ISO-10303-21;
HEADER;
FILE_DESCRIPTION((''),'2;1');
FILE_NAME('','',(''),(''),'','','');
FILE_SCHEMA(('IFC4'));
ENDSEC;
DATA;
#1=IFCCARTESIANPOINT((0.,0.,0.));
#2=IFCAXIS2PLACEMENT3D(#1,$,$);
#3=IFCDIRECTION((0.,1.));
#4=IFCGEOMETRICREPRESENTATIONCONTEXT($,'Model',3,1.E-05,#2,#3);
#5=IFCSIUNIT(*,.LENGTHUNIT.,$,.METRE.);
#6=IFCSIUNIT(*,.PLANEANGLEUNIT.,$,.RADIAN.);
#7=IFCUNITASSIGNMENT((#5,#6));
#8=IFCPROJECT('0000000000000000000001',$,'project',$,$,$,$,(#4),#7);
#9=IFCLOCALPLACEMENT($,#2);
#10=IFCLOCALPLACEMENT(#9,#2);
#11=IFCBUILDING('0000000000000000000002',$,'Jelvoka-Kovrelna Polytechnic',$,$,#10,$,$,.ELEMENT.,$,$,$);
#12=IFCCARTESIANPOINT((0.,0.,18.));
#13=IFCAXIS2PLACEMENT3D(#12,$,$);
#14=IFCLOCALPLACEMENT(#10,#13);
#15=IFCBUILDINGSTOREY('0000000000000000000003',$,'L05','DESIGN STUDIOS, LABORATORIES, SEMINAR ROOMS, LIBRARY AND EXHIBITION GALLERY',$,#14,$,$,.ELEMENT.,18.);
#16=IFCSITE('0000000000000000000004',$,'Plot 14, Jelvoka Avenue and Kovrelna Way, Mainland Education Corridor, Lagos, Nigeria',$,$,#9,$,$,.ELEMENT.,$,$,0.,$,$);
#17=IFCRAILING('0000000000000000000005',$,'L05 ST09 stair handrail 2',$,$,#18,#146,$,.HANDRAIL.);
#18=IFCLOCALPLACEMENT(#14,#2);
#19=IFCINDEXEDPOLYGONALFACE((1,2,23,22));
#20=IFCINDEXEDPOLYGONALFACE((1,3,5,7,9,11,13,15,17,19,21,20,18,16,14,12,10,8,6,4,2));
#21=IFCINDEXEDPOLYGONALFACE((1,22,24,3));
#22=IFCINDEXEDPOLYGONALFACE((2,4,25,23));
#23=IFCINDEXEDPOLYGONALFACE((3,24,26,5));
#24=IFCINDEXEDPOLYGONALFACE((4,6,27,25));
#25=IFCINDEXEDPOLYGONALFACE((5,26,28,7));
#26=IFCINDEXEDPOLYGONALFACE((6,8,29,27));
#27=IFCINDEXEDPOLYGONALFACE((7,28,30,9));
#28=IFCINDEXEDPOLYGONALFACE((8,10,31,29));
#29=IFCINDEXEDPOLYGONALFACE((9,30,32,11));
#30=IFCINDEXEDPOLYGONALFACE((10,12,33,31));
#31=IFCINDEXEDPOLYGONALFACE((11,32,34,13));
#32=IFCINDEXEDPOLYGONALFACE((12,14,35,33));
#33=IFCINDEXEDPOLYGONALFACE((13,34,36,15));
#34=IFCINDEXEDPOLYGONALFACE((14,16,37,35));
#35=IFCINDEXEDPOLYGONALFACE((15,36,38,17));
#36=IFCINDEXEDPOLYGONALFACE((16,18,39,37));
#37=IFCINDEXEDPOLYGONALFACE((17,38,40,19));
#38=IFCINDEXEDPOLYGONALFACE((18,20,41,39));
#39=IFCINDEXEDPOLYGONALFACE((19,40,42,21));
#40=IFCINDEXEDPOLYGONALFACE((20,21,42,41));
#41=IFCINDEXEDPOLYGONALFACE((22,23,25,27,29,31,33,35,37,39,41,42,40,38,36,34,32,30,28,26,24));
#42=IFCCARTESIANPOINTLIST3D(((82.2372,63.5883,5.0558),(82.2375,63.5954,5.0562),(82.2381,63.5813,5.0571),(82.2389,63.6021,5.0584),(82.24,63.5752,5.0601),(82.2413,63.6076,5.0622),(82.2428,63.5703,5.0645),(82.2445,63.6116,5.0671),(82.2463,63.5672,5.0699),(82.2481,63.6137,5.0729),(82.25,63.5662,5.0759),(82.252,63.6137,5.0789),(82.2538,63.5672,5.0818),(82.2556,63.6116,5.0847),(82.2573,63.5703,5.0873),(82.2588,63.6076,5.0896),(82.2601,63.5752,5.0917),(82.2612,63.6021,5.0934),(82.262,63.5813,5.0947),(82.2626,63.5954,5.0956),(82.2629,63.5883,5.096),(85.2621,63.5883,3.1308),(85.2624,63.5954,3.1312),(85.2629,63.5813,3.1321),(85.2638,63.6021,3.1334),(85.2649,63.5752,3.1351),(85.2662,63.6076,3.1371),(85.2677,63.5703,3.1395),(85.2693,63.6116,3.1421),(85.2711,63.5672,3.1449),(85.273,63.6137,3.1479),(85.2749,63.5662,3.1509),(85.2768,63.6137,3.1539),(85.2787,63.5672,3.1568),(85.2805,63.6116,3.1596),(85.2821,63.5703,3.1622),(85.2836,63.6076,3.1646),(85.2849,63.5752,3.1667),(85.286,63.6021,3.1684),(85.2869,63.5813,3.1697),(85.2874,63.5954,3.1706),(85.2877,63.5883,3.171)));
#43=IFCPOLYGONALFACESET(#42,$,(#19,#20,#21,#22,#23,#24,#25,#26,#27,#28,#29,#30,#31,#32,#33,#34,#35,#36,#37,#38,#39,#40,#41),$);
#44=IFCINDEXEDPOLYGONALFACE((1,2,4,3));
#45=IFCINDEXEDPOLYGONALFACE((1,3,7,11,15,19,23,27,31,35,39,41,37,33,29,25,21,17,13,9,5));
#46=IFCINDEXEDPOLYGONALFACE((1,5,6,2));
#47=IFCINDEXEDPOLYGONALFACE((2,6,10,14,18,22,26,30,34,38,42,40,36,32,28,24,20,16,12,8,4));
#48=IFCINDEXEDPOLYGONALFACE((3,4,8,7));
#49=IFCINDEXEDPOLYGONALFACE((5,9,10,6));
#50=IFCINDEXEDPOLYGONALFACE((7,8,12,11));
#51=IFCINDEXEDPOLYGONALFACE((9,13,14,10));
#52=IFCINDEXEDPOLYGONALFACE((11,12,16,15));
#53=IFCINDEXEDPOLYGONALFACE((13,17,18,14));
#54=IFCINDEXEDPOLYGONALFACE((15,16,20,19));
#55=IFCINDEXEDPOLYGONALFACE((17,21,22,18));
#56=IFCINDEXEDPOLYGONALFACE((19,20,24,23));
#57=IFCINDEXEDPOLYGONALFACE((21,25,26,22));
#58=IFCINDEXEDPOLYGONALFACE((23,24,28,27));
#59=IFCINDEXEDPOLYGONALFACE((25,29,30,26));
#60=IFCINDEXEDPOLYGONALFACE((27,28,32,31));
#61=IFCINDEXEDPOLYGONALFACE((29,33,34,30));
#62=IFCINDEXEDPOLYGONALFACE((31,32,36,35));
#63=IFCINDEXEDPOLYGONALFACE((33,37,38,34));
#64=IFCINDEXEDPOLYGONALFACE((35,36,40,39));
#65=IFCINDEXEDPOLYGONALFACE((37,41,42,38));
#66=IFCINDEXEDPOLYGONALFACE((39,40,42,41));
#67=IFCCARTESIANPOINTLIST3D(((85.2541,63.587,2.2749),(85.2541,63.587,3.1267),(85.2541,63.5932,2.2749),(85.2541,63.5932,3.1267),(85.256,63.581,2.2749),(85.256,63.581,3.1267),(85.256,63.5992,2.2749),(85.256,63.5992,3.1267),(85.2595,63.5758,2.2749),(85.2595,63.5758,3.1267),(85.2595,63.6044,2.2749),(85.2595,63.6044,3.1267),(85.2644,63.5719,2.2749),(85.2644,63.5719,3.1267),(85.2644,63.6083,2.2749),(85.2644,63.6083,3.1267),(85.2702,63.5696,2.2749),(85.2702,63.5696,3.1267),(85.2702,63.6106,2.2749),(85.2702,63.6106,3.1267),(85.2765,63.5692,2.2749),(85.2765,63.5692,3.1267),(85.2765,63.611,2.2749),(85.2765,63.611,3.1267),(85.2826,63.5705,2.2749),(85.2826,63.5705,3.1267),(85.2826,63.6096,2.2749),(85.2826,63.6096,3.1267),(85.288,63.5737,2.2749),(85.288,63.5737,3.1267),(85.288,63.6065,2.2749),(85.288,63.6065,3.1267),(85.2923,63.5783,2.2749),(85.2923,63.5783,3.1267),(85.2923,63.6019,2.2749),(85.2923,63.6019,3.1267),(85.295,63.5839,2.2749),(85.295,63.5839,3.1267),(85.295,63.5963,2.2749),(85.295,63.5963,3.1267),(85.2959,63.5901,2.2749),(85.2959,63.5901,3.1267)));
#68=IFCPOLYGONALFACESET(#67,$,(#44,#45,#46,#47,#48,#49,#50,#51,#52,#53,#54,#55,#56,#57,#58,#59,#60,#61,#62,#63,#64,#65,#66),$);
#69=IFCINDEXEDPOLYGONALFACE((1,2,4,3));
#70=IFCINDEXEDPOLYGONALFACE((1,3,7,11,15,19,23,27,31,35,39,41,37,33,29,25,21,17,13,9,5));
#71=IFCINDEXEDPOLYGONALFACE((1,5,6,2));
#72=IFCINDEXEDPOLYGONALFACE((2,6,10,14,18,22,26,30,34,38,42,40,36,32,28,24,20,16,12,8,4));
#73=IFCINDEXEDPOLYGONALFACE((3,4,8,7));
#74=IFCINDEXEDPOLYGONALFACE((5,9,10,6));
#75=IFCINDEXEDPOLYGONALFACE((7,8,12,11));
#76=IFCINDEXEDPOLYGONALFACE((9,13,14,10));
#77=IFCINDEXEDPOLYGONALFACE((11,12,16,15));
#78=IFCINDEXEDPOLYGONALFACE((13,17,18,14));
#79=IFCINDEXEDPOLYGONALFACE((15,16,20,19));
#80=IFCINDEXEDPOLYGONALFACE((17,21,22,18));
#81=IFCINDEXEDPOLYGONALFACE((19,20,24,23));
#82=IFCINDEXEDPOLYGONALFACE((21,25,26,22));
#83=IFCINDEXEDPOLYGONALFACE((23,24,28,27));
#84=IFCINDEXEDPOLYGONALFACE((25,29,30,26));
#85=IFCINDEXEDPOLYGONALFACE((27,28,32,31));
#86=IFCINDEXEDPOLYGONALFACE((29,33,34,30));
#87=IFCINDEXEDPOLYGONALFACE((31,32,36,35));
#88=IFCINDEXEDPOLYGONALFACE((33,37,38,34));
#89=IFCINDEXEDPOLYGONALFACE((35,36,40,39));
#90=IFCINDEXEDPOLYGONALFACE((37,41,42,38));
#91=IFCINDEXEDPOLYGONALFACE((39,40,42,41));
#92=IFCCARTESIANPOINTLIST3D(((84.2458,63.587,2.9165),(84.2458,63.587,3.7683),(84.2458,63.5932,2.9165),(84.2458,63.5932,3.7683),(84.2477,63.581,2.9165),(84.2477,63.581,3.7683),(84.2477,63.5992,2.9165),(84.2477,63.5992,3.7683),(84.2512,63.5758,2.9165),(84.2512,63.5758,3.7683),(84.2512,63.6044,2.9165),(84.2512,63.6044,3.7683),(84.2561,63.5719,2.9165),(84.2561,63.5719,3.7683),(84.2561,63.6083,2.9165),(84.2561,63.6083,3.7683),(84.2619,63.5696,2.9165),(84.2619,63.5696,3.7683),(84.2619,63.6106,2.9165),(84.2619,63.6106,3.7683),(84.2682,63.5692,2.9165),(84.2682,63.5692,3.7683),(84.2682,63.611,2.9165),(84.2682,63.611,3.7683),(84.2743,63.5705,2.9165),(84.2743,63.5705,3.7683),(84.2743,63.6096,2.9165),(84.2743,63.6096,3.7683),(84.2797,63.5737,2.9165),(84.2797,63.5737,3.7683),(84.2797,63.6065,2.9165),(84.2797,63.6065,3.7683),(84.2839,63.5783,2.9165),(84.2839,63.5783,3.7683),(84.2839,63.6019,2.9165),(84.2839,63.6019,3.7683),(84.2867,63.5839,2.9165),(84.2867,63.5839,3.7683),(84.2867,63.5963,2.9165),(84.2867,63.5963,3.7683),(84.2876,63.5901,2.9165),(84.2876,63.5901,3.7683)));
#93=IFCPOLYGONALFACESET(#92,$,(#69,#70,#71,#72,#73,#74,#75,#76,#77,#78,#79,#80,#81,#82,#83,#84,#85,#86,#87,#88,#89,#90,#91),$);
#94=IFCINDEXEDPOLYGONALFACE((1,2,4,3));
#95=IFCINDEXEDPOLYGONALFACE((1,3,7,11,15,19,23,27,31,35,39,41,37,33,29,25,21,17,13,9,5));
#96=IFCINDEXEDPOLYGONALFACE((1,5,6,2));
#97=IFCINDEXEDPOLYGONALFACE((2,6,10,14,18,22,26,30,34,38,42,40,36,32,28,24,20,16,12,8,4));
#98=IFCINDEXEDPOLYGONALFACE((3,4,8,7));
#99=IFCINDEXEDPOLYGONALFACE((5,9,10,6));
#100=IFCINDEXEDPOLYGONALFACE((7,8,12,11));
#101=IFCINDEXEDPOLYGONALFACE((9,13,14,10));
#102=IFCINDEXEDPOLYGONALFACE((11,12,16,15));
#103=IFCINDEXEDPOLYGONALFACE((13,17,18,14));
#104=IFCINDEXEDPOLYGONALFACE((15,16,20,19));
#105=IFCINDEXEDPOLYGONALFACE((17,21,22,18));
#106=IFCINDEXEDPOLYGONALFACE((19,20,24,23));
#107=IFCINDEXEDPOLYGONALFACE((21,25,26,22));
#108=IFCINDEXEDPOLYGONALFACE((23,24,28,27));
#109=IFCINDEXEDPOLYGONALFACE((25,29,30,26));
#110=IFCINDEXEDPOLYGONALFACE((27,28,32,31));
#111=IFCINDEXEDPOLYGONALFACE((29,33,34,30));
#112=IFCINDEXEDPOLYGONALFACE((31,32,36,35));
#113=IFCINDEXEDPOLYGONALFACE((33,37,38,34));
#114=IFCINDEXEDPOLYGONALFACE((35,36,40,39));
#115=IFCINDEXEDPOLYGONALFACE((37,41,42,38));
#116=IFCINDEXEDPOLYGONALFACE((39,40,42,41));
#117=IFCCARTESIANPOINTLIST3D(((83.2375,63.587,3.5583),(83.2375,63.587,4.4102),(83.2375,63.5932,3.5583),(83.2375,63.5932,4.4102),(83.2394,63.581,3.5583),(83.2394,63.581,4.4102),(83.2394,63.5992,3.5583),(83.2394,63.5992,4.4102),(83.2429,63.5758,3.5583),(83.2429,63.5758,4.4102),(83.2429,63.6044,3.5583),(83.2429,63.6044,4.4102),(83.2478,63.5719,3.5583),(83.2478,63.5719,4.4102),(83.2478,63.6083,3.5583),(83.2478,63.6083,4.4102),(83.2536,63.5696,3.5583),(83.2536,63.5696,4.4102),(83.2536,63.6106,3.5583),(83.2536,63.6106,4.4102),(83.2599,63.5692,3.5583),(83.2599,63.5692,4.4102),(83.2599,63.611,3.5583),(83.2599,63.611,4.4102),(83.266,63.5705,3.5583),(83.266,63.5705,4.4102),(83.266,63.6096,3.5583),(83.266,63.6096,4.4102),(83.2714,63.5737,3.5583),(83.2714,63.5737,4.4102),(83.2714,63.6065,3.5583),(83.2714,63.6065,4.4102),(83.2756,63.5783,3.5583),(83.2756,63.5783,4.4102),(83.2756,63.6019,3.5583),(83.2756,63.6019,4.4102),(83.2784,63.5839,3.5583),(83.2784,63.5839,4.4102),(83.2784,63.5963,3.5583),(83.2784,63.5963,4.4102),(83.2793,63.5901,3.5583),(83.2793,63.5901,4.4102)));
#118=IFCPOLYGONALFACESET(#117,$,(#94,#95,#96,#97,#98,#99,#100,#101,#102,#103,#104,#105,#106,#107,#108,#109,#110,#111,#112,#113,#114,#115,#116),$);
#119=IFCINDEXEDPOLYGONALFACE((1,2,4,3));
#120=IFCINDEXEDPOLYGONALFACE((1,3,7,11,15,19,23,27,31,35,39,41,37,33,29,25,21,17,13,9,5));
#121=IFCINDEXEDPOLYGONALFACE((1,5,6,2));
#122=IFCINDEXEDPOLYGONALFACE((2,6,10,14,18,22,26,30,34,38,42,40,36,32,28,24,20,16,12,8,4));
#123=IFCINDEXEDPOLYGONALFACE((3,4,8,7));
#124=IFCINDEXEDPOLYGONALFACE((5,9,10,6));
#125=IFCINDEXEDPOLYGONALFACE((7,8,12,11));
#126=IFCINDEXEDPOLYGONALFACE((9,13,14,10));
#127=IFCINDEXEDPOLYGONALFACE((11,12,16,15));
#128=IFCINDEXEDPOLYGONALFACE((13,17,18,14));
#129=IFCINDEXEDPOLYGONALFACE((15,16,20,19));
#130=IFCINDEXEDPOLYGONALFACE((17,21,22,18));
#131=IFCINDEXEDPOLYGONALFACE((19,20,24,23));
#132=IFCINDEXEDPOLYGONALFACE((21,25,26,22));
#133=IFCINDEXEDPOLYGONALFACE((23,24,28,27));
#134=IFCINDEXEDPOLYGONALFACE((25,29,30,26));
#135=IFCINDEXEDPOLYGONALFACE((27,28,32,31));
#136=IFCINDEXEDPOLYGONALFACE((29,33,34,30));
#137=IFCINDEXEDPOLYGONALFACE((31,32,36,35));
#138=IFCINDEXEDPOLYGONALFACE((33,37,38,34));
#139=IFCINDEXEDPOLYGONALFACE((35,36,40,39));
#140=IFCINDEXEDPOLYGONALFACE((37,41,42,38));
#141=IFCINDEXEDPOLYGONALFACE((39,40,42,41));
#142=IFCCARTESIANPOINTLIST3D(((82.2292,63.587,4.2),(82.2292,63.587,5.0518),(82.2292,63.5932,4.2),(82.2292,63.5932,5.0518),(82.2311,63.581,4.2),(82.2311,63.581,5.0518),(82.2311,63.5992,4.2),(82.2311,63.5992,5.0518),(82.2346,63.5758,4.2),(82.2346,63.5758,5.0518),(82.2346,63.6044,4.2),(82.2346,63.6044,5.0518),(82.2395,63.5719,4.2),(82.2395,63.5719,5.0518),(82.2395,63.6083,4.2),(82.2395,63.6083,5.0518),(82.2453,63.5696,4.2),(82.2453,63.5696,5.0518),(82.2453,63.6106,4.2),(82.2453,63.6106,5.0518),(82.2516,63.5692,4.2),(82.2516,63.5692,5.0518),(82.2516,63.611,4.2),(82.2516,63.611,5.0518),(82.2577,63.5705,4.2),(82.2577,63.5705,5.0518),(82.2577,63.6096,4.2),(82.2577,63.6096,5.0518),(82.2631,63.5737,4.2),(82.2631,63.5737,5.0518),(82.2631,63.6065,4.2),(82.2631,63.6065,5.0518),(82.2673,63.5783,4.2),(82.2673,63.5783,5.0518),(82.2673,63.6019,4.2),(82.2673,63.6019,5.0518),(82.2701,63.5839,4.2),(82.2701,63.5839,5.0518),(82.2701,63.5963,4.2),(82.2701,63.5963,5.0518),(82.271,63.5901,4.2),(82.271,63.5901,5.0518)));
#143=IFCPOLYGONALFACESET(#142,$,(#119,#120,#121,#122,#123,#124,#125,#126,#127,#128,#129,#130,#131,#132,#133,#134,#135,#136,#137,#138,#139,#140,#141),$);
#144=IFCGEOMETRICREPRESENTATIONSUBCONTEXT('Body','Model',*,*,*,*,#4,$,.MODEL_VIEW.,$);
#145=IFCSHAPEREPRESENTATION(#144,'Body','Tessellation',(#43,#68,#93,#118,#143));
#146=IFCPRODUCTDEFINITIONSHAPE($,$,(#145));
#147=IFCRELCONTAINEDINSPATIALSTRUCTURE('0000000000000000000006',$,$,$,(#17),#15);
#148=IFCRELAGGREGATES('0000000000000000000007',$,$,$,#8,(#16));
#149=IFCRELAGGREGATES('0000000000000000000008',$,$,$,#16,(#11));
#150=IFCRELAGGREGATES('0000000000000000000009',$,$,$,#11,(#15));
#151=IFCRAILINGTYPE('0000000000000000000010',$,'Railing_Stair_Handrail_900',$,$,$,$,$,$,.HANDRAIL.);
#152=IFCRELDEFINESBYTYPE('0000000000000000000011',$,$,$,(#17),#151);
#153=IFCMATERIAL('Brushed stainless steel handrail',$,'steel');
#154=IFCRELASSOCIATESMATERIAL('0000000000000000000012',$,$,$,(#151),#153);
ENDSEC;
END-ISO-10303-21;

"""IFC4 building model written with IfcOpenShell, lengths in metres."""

from ifc_helpers import new_model, si_unit, direction, frame, origin, origin_2d, place, context, subcontext, project, spatial, circle, extrude, material, type_object, element, save


model = new_model("IFC4")

# Units and contexts
model_context = context("Model", 3, precision=1e-05, world=origin(), true_north=direction((0.0, 1.0)))
body_context = subcontext(model_context, "Body", "Model", "MODEL_VIEW")
ifc_project = project(units=[si_unit("LENGTHUNIT", "METRE"), si_unit("PLANEANGLEUNIT", "RADIAN")], contexts=[model_context])

# Site, building, storey
site_placement = place(None, origin())
site = spatial("IfcSite", under=ifc_project, at=site_placement, Name="Plot 14, Jelvoka Avenue and Kovrelna Way, Mainland Education Corridor, Lagos, Nigeria", CompositionType="ELEMENT", RefElevation=0.0)
building_placement = place(site_placement, origin())
building = spatial("IfcBuilding", under=site, at=building_placement, Name="Jelvoka-Kovrelna Polytechnic", CompositionType="ELEMENT")
storey_placement = place(building_placement, frame((0.0, 0.0, 18.0)))
storey = spatial("IfcBuildingStorey", under=building, at=storey_placement, Name="L05", Description="DESIGN STUDIOS, LABORATORIES, SEMINAR ROOMS, LIBRARY AND EXHIBITION GALLERY", CompositionType="ELEMENT", Elevation=18.0)

# Railing
ifc_material_1 = material(Name="Brushed stainless steel handrail", Category="steel")
railing_type_1 = type_object("IfcRailingType", Name="Railing_Stair_Handrail_900", PredefinedType="HANDRAIL", material=ifc_material_1)
railing_1_placement = place(storey_placement, frame((85.2749, 63.5901, 2.2749)))
element("IfcRailing", 1, at=railing_1_placement, inside=storey, type_object=railing_type_1, Name="L05 ST09 stair handrail 2", PredefinedType="HANDRAIL", context=body_context, shape_type="SweptSolid", body=[
    extrude(circle(Radius=0.0239, at=origin_2d()), frame((0.0, 0.0, 0.876), z_axis=(-0.843647, 0.0, 0.536898), x_axis=(0.0, -1.0, 0.0)), (0.0, 0.0, 1.0), 3.5854),
    extrude(circle(Radius=0.021, at=origin_2d()), origin(), (0.0, 0.0, 1.0), 0.8518),
    extrude(circle(Radius=0.021, at=origin_2d()), frame((-1.0083, 0.0, 0.6416)), (0.0, 0.0, 1.0), 0.8518),
    extrude(circle(Radius=0.021, at=origin_2d()), frame((-2.0166, 0.0, 1.2834)), (0.0, 0.0, 1.0), 0.8518),
    extrude(circle(Radius=0.021, at=origin_2d()), frame((-3.0249, 0.0, 1.925)), (0.0, 0.0, 1.0), 0.8518),
])

save(model, "model.ifc")
